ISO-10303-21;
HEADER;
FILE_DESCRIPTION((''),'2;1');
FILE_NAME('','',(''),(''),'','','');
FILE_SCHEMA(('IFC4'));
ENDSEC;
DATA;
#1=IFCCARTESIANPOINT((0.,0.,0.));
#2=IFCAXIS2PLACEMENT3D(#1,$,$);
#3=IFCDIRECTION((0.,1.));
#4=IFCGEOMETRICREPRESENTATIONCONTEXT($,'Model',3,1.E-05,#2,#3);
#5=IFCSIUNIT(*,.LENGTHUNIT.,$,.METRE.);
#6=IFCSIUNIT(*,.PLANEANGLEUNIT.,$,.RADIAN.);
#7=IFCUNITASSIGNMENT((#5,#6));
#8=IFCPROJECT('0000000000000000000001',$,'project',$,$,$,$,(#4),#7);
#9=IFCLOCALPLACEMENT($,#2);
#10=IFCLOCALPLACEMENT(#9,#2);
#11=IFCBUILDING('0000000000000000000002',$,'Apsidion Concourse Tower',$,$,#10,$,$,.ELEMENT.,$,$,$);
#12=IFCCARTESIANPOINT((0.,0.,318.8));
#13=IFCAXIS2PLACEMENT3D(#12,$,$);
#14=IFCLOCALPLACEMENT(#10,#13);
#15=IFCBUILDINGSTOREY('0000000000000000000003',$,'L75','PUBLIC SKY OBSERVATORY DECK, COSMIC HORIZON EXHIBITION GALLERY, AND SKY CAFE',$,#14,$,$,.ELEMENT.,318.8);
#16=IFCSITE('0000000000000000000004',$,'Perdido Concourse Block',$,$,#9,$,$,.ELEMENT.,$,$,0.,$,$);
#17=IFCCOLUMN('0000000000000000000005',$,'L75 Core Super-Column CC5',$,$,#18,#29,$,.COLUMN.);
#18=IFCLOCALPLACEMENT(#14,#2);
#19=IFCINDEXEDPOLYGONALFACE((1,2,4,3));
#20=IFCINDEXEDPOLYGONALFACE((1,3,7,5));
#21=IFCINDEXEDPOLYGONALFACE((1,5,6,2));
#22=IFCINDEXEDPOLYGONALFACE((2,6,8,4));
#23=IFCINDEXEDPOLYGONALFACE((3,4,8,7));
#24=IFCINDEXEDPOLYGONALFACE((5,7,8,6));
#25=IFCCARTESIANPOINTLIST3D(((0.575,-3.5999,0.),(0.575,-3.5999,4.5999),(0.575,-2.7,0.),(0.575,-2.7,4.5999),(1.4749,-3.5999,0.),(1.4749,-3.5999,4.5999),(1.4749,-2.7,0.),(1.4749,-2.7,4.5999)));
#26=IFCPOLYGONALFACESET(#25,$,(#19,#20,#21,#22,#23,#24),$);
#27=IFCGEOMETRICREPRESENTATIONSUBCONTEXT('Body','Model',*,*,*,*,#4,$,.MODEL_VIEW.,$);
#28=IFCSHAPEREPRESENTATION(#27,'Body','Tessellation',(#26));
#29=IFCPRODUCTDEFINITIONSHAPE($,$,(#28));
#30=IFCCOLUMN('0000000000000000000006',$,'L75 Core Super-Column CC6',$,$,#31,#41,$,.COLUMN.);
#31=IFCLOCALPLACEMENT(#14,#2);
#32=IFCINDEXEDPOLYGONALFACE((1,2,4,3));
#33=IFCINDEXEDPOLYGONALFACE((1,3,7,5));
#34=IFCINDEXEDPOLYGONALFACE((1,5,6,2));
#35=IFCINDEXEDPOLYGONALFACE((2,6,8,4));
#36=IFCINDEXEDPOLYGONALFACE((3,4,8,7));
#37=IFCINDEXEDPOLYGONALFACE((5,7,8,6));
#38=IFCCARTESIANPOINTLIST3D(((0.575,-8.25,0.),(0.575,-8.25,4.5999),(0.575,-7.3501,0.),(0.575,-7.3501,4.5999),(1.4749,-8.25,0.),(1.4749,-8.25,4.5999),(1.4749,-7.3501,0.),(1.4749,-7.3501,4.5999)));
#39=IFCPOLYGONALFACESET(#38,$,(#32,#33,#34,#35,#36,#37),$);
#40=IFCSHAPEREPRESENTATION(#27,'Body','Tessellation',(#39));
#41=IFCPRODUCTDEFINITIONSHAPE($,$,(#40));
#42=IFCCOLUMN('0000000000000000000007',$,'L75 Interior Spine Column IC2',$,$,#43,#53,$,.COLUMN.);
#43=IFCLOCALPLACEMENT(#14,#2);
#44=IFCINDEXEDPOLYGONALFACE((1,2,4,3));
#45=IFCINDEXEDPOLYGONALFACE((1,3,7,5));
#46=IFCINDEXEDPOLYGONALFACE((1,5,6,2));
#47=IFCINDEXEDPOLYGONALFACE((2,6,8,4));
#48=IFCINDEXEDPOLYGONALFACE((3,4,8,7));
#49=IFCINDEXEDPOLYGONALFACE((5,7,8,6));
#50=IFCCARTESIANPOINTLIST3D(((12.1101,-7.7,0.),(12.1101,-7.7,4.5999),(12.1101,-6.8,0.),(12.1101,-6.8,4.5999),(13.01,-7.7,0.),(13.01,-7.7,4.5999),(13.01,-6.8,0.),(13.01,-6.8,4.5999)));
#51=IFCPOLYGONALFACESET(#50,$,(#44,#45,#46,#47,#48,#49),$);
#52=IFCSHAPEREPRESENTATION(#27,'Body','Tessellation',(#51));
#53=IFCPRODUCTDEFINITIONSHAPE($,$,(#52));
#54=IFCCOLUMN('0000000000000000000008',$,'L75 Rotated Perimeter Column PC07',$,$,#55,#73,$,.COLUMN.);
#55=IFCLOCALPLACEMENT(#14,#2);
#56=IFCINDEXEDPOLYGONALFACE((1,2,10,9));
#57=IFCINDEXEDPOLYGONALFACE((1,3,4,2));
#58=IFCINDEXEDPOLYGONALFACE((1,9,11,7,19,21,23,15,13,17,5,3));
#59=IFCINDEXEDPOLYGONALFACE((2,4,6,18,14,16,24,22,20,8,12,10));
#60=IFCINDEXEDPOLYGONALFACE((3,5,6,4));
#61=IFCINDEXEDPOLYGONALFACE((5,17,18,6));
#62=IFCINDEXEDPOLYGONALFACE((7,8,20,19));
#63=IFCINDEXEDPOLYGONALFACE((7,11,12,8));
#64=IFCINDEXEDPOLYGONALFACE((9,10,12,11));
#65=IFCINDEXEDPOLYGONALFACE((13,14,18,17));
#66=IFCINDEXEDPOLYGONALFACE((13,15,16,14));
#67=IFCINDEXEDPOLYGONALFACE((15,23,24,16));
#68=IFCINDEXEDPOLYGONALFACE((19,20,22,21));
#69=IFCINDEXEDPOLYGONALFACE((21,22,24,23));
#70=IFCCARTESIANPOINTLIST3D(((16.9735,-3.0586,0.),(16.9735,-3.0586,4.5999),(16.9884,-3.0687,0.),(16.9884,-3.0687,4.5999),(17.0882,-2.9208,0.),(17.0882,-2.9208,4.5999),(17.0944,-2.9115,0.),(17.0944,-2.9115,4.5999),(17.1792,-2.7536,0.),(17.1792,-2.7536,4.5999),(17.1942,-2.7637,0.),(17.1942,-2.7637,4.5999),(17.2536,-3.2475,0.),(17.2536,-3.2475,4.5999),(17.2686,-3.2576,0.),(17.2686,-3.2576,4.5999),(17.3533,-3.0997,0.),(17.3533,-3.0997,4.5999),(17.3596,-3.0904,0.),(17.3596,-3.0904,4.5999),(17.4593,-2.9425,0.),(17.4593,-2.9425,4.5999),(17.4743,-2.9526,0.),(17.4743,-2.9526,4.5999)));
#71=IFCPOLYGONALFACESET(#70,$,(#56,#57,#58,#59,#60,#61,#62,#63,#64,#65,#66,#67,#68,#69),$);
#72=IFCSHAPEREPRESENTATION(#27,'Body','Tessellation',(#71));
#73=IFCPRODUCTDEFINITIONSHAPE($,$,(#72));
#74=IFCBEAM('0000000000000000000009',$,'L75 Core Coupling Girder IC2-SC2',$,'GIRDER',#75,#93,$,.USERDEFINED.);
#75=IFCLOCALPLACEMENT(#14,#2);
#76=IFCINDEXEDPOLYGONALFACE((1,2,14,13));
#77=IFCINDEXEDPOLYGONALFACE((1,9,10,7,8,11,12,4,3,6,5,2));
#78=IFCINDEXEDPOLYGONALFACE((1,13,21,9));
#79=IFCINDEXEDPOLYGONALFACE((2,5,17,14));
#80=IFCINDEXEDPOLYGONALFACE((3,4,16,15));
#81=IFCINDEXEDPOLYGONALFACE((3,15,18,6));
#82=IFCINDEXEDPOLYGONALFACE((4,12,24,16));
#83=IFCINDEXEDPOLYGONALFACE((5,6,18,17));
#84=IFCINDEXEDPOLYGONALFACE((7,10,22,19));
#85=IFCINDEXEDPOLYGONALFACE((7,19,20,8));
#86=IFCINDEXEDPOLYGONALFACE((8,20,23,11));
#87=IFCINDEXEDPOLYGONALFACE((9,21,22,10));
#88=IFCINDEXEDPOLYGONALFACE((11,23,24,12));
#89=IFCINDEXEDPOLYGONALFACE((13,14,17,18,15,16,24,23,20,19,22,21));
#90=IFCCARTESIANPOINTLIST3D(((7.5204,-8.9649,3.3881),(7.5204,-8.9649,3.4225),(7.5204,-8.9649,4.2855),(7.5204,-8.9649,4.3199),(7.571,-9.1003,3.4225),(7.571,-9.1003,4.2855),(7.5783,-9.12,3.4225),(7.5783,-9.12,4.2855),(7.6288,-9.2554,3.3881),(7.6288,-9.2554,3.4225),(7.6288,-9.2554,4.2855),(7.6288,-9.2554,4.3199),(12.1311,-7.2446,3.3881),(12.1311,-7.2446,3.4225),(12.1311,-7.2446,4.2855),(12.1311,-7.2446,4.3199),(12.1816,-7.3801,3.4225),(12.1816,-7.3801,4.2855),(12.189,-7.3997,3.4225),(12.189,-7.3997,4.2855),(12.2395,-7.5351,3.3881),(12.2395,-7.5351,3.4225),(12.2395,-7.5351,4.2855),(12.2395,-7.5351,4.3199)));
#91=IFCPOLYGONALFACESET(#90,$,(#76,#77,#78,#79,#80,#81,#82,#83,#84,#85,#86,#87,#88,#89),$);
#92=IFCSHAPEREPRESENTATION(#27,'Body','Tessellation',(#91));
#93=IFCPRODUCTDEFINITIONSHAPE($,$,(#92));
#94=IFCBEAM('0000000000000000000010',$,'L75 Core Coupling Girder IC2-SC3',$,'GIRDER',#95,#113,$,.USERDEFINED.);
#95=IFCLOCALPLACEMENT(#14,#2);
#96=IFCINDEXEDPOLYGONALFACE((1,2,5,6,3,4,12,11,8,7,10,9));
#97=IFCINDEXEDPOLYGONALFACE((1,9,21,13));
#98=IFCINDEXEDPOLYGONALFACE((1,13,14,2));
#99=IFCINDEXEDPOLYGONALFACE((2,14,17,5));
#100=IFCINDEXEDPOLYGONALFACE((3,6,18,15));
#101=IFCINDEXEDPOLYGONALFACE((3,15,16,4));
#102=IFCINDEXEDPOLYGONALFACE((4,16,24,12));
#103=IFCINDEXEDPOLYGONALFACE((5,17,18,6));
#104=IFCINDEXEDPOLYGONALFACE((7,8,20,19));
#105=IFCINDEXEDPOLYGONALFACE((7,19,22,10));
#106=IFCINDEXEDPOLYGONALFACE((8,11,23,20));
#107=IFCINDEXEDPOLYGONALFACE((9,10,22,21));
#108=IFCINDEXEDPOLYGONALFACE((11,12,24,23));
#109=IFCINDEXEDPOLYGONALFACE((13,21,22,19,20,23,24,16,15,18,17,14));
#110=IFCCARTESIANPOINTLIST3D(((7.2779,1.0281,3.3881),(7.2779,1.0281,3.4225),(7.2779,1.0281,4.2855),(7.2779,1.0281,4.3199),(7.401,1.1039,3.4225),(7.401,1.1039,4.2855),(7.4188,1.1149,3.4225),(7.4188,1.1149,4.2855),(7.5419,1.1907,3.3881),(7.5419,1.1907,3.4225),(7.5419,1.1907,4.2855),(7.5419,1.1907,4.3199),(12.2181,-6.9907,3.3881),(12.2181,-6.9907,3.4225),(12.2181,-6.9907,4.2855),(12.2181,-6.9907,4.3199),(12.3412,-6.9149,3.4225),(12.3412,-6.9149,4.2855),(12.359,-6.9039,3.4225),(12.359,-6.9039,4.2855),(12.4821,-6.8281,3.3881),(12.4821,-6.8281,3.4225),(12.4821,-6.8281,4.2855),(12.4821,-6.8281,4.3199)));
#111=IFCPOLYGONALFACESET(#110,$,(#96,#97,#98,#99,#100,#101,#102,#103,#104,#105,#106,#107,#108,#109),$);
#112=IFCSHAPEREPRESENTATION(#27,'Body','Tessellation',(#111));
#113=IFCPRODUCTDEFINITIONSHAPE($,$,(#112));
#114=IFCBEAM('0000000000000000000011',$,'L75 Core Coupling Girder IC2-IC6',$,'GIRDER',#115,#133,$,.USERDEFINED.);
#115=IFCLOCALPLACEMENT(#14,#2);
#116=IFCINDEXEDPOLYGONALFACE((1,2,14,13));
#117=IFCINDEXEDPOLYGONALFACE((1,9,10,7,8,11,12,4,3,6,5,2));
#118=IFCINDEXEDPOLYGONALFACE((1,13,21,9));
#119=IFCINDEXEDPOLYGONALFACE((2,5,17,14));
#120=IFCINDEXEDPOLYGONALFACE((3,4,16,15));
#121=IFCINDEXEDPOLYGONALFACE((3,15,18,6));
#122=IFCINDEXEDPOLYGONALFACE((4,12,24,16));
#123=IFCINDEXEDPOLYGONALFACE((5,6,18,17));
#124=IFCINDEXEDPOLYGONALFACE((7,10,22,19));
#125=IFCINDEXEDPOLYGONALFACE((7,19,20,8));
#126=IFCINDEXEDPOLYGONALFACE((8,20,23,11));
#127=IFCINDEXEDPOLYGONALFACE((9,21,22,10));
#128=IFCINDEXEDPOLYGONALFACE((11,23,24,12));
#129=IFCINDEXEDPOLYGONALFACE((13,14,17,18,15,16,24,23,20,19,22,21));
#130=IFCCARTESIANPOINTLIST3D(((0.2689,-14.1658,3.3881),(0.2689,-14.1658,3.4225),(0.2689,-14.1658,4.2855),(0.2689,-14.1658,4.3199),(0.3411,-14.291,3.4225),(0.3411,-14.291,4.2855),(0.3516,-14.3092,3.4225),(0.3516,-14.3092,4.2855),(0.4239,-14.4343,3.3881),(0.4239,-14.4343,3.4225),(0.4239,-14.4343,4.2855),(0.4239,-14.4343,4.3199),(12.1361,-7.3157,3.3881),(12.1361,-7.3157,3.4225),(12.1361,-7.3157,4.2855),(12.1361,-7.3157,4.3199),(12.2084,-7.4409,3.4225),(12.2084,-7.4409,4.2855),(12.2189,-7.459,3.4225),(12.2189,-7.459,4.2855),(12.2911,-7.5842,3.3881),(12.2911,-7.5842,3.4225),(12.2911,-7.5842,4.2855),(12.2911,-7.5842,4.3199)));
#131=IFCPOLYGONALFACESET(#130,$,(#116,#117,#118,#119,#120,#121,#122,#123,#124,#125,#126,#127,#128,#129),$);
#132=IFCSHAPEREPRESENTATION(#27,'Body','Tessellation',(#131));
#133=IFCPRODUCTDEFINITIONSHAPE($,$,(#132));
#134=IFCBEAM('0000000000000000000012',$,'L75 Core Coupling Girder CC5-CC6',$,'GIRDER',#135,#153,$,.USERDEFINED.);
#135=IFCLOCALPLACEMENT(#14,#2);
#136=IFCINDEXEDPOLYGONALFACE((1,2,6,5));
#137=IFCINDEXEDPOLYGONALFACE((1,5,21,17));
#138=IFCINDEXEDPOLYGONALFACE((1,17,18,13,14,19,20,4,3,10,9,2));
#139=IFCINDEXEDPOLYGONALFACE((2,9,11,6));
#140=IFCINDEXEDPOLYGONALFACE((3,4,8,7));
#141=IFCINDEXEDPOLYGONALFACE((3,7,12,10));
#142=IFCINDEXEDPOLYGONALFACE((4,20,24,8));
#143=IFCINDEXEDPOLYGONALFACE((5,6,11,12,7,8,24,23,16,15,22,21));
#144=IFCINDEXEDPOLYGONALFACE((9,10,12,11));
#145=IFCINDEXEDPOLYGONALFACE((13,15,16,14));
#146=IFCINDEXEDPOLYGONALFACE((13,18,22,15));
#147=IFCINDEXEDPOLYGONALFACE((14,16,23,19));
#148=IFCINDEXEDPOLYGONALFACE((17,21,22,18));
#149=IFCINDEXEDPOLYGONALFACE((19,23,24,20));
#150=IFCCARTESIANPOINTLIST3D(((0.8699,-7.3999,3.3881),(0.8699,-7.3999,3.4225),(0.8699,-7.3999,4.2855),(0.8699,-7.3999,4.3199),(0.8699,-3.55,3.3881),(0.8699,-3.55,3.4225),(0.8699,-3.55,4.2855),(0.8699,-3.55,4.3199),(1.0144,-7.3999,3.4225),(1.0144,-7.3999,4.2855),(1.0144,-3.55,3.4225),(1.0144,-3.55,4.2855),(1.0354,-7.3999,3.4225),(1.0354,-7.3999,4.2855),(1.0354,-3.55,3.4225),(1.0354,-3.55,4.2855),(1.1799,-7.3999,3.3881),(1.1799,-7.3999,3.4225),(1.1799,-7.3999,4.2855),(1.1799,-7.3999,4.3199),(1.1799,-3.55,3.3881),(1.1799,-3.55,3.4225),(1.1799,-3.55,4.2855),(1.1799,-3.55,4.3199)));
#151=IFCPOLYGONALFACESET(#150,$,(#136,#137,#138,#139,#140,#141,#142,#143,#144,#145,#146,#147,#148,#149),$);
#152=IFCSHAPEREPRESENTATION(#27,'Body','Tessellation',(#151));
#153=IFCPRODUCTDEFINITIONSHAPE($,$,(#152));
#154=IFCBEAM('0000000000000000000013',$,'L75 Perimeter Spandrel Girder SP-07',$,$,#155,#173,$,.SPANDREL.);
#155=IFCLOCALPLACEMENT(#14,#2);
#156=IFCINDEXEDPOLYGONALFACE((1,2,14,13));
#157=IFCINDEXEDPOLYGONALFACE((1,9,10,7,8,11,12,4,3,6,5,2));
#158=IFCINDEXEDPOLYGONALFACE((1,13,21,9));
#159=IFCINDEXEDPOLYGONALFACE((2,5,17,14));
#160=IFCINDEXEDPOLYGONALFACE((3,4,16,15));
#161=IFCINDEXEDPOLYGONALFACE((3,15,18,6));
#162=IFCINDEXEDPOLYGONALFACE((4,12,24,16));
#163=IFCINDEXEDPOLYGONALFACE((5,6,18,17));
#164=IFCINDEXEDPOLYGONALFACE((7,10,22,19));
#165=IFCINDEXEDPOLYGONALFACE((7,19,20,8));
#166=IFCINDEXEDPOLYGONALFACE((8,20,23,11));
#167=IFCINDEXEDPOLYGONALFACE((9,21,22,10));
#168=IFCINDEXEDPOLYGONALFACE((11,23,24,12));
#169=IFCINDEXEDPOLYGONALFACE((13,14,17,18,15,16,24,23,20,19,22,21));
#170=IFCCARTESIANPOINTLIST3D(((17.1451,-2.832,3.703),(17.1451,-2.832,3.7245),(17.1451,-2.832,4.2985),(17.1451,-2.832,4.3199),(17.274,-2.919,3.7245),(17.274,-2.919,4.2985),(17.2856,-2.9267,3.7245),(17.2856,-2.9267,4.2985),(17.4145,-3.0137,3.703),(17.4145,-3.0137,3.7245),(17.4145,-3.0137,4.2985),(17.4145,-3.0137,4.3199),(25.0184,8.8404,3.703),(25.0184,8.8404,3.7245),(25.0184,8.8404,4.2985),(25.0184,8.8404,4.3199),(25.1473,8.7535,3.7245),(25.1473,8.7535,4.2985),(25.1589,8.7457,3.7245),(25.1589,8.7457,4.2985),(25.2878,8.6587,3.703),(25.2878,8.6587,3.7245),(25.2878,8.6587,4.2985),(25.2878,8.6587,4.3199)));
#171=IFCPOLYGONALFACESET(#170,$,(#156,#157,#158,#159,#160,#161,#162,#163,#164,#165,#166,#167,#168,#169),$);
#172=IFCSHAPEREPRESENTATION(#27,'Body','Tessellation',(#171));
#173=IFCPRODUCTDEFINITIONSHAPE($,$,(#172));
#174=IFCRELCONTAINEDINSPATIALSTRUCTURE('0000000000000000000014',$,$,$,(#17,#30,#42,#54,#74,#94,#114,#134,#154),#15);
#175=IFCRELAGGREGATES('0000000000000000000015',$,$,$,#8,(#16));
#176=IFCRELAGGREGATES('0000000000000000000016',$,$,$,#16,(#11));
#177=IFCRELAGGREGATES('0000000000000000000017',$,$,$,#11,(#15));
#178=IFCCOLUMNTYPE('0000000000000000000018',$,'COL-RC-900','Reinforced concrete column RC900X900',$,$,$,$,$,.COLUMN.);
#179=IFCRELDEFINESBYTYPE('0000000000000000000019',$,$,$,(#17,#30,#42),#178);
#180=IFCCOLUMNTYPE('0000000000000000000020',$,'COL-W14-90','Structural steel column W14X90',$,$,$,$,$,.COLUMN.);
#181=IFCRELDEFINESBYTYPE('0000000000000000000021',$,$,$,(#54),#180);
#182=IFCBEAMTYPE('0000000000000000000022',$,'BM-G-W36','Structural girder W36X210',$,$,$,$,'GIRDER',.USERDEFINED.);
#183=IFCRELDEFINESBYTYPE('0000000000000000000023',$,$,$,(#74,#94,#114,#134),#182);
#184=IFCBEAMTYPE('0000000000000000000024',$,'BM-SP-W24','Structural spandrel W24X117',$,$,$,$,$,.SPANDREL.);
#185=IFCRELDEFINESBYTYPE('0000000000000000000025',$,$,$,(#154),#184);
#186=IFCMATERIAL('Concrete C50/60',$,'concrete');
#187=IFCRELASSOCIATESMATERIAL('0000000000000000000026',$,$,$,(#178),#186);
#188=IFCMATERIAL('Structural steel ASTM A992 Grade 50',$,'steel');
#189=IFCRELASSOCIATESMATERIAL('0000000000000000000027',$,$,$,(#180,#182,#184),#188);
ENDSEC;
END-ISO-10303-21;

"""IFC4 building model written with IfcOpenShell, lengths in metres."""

from ifc_helpers import new_model, si_unit, direction, frame, origin, origin_2d, place, context, subcontext, project, spatial, rectangle, i_section, extrude, material, material_profile, profile_set, type_object, element, save


model = new_model("IFC4")

# Units and contexts
model_context = context("Model", 3, precision=1e-05, world=origin(), true_north=direction((0.0, 1.0)))
body_context = subcontext(model_context, "Body", "Model", "MODEL_VIEW")
ifc_project = project(units=[si_unit("LENGTHUNIT", "METRE"), si_unit("PLANEANGLEUNIT", "RADIAN")], contexts=[model_context])

# Site, building, storey
site_placement = place(None, origin())
site = spatial("IfcSite", under=ifc_project, at=site_placement, Name="Perdido Concourse Block", CompositionType="ELEMENT", RefElevation=0.0)
building_placement = place(site_placement, origin())
building = spatial("IfcBuilding", under=site, at=building_placement, Name="Apsidion Concourse Tower", CompositionType="ELEMENT")
storey_placement = place(building_placement, frame((0.0, 0.0, 318.8)))
storey = spatial("IfcBuildingStorey", under=building, at=storey_placement, Name="L75", Description="PUBLIC SKY OBSERVATORY DECK, COSMIC HORIZON EXHIBITION GALLERY, AND SKY CAFE", CompositionType="ELEMENT", Elevation=318.8)

# Columns
ifc_material_1 = material(Name="Concrete C50/60", Category="concrete")
ifc_material_profile_1 = material_profile(ifc_material_1, rectangle(XDim=0.8999, YDim=0.8999, at=origin_2d()), Name="RC 900x900")
ifc_profile_set_1 = profile_set([ifc_material_profile_1], Name="Concrete C50/60")
column_type_1 = type_object("IfcColumnType", Name="COL-RC-900", Description="Reinforced concrete column RC900X900", PredefinedType="COLUMN", material=ifc_profile_set_1)
for number, where, z_axis, x_axis, name in (
    (1, (1.0249, -3.1499, 0.0), (0.0, 0.0, 1.0), (1.0, 0.0, 0.0), "L75 Core Super-Column CC5"),
    (2, (1.0249, -7.8, 0.0), (0.0, 0.0, 1.0), (1.0, 0.0, 0.0), "L75 Core Super-Column CC6"),
    (3, (12.5601, -7.25, 0.0), (0.0, 0.0, 1.0), (1.0, 0.0, 0.0), "L75 Interior Spine Column IC2"),
):
    element("IfcColumn", number, at=place(storey_placement, frame(where, z_axis=z_axis, x_axis=x_axis)), inside=storey, type_object=column_type_1, Name=name, PredefinedType="COLUMN", context=body_context, shape_type="SweptSolid", body=[
        extrude(rectangle(XDim=0.8999, YDim=0.8999, at=origin_2d()), origin(), (0.0, 0.0, 1.0), 4.5999),
    ])
ifc_material_2 = material(Name="Structural steel ASTM A992 Grade 50", Category="steel")
ifc_material_profile_2 = material_profile(ifc_material_2, i_section(OverallWidth=0.3679, OverallDepth=0.356, WebThickness=0.0112, FlangeThickness=0.0181, at=origin_2d()), Name="W14X90")
ifc_profile_set_2 = profile_set([ifc_material_profile_2], Name="Structural steel ASTM A992 Grade 50")
column_type_2 = type_object("IfcColumnType", Name="COL-W14-90", Description="Structural steel column W14X90", PredefinedType="COLUMN", material=ifc_profile_set_2)
column_placement = place(storey_placement, frame((17.2239, -3.0056, 0.0), z_axis=(0.0, 0.0, 1.0), x_axis=(0.559193, 0.829038, 0.0)))
element("IfcColumn", 4, at=column_placement, inside=storey, type_object=column_type_2, Name="L75 Rotated Perimeter Column PC07", PredefinedType="COLUMN", context=body_context, shape_type="SweptSolid", body=[
    extrude(i_section(OverallWidth=0.3679, OverallDepth=0.356, WebThickness=0.0112, FlangeThickness=0.0181, at=origin_2d()), origin(), (0.0, 0.0, 1.0), 4.5999),
])

# Beams
ifc_material_profile_3 = material_profile(ifc_material_2, i_section(OverallWidth=0.3101, OverallDepth=0.9319, WebThickness=0.021, FlangeThickness=0.0344, at=origin_2d()), Name="W36X210")
ifc_profile_set_3 = profile_set([ifc_material_profile_3], Name="Structural steel ASTM A992 Grade 50")
beam_type_1 = type_object("IfcBeamType", Name="BM-G-W36", Description="Structural girder W36X210", ElementType="GIRDER", PredefinedType="USERDEFINED", material=ifc_profile_set_3)
beam_1_placement = place(storey_placement, frame((12.1853, -7.3899, 3.854), z_axis=(-0.936913, -0.349563, 0.0), x_axis=(0.349563, -0.936913, 0.0)))
element("IfcBeam", 5, at=beam_1_placement, inside=storey, type_object=beam_type_1, Name="L75 Core Coupling Girder IC2-SC2", ObjectType="GIRDER", PredefinedType="USERDEFINED", context=body_context, shape_type="SweptSolid", body=[
    extrude(i_section(OverallWidth=0.3101, OverallDepth=0.9319, WebThickness=0.021, FlangeThickness=0.0344, at=origin_2d()), origin(), (0.0, 0.0, 1.0), 4.9211),
])
beam_2_placement = place(storey_placement, frame((12.3501, -6.9094, 3.854), z_axis=(-0.524524, 0.851396, 0.0), x_axis=(-0.851396, -0.524524, 0.0)))
element("IfcBeam", 6, at=beam_2_placement, inside=storey, type_object=beam_type_1, Name="L75 Core Coupling Girder IC2-SC3", ObjectType="GIRDER", PredefinedType="USERDEFINED", context=body_context, shape_type="SweptSolid", body=[
    extrude(i_section(OverallWidth=0.3101, OverallDepth=0.9319, WebThickness=0.021, FlangeThickness=0.0344, at=origin_2d()), origin(), (0.0, 0.0, 1.0), 9.4185),
])
beam_3_placement = place(storey_placement, frame((12.2136, -7.45, 3.854), z_axis=(-0.86607, -0.499922, 0.0), x_axis=(0.499922, -0.86607, 0.0)))
element("IfcBeam", 7, at=beam_3_placement, inside=storey, type_object=beam_type_1, Name="L75 Core Coupling Girder IC2-IC6", ObjectType="GIRDER", PredefinedType="USERDEFINED", context=body_context, shape_type="SweptSolid", body=[
    extrude(i_section(OverallWidth=0.3101, OverallDepth=0.9319, WebThickness=0.021, FlangeThickness=0.0344, at=origin_2d()), origin(), (0.0, 0.0, 1.0), 13.7024),
])
beam_4_placement = place(storey_placement, frame((1.0249, -3.55, 3.854), z_axis=(0.0, -1.0, 0.0), x_axis=(1.0, 0.0, 0.0)))
element("IfcBeam", 8, at=beam_4_placement, inside=storey, type_object=beam_type_1, Name="L75 Core Coupling Girder CC5-CC6", ObjectType="GIRDER", PredefinedType="USERDEFINED", context=body_context, shape_type="SweptSolid", body=[
    extrude(i_section(OverallWidth=0.3101, OverallDepth=0.9319, WebThickness=0.021, FlangeThickness=0.0344, at=origin_2d()), origin(), (0.0, 0.0, 1.0), 3.8499),
])
ifc_material_profile_4 = material_profile(ifc_material_2, i_section(OverallWidth=0.325, OverallDepth=0.6169, WebThickness=0.0139, FlangeThickness=0.0215, at=origin_2d()), Name="W24X117")
ifc_profile_set_4 = profile_set([ifc_material_profile_4], Name="Structural steel ASTM A992 Grade 50")
beam_type_2 = type_object("IfcBeamType", Name="BM-SP-W24", Description="Structural spandrel W24X117", PredefinedType="SPANDREL", material=ifc_profile_set_4)
beam_5_placement = place(storey_placement, frame((17.2798, -2.9229, 4.0115), z_axis=(0.559202, 0.829032, 0.0), x_axis=(-0.829032, 0.559202, 0.0)))
element("IfcBeam", 9, at=beam_5_placement, inside=storey, type_object=beam_type_2, Name="L75 Perimeter Spandrel Girder SP-07", PredefinedType="SPANDREL", context=body_context, shape_type="SweptSolid", body=[
    extrude(i_section(OverallWidth=0.325, OverallDepth=0.6169, WebThickness=0.0139, FlangeThickness=0.0215, at=origin_2d()), origin(), (0.0, 0.0, 1.0), 14.0796),
])

save(model, "model.ifc")
